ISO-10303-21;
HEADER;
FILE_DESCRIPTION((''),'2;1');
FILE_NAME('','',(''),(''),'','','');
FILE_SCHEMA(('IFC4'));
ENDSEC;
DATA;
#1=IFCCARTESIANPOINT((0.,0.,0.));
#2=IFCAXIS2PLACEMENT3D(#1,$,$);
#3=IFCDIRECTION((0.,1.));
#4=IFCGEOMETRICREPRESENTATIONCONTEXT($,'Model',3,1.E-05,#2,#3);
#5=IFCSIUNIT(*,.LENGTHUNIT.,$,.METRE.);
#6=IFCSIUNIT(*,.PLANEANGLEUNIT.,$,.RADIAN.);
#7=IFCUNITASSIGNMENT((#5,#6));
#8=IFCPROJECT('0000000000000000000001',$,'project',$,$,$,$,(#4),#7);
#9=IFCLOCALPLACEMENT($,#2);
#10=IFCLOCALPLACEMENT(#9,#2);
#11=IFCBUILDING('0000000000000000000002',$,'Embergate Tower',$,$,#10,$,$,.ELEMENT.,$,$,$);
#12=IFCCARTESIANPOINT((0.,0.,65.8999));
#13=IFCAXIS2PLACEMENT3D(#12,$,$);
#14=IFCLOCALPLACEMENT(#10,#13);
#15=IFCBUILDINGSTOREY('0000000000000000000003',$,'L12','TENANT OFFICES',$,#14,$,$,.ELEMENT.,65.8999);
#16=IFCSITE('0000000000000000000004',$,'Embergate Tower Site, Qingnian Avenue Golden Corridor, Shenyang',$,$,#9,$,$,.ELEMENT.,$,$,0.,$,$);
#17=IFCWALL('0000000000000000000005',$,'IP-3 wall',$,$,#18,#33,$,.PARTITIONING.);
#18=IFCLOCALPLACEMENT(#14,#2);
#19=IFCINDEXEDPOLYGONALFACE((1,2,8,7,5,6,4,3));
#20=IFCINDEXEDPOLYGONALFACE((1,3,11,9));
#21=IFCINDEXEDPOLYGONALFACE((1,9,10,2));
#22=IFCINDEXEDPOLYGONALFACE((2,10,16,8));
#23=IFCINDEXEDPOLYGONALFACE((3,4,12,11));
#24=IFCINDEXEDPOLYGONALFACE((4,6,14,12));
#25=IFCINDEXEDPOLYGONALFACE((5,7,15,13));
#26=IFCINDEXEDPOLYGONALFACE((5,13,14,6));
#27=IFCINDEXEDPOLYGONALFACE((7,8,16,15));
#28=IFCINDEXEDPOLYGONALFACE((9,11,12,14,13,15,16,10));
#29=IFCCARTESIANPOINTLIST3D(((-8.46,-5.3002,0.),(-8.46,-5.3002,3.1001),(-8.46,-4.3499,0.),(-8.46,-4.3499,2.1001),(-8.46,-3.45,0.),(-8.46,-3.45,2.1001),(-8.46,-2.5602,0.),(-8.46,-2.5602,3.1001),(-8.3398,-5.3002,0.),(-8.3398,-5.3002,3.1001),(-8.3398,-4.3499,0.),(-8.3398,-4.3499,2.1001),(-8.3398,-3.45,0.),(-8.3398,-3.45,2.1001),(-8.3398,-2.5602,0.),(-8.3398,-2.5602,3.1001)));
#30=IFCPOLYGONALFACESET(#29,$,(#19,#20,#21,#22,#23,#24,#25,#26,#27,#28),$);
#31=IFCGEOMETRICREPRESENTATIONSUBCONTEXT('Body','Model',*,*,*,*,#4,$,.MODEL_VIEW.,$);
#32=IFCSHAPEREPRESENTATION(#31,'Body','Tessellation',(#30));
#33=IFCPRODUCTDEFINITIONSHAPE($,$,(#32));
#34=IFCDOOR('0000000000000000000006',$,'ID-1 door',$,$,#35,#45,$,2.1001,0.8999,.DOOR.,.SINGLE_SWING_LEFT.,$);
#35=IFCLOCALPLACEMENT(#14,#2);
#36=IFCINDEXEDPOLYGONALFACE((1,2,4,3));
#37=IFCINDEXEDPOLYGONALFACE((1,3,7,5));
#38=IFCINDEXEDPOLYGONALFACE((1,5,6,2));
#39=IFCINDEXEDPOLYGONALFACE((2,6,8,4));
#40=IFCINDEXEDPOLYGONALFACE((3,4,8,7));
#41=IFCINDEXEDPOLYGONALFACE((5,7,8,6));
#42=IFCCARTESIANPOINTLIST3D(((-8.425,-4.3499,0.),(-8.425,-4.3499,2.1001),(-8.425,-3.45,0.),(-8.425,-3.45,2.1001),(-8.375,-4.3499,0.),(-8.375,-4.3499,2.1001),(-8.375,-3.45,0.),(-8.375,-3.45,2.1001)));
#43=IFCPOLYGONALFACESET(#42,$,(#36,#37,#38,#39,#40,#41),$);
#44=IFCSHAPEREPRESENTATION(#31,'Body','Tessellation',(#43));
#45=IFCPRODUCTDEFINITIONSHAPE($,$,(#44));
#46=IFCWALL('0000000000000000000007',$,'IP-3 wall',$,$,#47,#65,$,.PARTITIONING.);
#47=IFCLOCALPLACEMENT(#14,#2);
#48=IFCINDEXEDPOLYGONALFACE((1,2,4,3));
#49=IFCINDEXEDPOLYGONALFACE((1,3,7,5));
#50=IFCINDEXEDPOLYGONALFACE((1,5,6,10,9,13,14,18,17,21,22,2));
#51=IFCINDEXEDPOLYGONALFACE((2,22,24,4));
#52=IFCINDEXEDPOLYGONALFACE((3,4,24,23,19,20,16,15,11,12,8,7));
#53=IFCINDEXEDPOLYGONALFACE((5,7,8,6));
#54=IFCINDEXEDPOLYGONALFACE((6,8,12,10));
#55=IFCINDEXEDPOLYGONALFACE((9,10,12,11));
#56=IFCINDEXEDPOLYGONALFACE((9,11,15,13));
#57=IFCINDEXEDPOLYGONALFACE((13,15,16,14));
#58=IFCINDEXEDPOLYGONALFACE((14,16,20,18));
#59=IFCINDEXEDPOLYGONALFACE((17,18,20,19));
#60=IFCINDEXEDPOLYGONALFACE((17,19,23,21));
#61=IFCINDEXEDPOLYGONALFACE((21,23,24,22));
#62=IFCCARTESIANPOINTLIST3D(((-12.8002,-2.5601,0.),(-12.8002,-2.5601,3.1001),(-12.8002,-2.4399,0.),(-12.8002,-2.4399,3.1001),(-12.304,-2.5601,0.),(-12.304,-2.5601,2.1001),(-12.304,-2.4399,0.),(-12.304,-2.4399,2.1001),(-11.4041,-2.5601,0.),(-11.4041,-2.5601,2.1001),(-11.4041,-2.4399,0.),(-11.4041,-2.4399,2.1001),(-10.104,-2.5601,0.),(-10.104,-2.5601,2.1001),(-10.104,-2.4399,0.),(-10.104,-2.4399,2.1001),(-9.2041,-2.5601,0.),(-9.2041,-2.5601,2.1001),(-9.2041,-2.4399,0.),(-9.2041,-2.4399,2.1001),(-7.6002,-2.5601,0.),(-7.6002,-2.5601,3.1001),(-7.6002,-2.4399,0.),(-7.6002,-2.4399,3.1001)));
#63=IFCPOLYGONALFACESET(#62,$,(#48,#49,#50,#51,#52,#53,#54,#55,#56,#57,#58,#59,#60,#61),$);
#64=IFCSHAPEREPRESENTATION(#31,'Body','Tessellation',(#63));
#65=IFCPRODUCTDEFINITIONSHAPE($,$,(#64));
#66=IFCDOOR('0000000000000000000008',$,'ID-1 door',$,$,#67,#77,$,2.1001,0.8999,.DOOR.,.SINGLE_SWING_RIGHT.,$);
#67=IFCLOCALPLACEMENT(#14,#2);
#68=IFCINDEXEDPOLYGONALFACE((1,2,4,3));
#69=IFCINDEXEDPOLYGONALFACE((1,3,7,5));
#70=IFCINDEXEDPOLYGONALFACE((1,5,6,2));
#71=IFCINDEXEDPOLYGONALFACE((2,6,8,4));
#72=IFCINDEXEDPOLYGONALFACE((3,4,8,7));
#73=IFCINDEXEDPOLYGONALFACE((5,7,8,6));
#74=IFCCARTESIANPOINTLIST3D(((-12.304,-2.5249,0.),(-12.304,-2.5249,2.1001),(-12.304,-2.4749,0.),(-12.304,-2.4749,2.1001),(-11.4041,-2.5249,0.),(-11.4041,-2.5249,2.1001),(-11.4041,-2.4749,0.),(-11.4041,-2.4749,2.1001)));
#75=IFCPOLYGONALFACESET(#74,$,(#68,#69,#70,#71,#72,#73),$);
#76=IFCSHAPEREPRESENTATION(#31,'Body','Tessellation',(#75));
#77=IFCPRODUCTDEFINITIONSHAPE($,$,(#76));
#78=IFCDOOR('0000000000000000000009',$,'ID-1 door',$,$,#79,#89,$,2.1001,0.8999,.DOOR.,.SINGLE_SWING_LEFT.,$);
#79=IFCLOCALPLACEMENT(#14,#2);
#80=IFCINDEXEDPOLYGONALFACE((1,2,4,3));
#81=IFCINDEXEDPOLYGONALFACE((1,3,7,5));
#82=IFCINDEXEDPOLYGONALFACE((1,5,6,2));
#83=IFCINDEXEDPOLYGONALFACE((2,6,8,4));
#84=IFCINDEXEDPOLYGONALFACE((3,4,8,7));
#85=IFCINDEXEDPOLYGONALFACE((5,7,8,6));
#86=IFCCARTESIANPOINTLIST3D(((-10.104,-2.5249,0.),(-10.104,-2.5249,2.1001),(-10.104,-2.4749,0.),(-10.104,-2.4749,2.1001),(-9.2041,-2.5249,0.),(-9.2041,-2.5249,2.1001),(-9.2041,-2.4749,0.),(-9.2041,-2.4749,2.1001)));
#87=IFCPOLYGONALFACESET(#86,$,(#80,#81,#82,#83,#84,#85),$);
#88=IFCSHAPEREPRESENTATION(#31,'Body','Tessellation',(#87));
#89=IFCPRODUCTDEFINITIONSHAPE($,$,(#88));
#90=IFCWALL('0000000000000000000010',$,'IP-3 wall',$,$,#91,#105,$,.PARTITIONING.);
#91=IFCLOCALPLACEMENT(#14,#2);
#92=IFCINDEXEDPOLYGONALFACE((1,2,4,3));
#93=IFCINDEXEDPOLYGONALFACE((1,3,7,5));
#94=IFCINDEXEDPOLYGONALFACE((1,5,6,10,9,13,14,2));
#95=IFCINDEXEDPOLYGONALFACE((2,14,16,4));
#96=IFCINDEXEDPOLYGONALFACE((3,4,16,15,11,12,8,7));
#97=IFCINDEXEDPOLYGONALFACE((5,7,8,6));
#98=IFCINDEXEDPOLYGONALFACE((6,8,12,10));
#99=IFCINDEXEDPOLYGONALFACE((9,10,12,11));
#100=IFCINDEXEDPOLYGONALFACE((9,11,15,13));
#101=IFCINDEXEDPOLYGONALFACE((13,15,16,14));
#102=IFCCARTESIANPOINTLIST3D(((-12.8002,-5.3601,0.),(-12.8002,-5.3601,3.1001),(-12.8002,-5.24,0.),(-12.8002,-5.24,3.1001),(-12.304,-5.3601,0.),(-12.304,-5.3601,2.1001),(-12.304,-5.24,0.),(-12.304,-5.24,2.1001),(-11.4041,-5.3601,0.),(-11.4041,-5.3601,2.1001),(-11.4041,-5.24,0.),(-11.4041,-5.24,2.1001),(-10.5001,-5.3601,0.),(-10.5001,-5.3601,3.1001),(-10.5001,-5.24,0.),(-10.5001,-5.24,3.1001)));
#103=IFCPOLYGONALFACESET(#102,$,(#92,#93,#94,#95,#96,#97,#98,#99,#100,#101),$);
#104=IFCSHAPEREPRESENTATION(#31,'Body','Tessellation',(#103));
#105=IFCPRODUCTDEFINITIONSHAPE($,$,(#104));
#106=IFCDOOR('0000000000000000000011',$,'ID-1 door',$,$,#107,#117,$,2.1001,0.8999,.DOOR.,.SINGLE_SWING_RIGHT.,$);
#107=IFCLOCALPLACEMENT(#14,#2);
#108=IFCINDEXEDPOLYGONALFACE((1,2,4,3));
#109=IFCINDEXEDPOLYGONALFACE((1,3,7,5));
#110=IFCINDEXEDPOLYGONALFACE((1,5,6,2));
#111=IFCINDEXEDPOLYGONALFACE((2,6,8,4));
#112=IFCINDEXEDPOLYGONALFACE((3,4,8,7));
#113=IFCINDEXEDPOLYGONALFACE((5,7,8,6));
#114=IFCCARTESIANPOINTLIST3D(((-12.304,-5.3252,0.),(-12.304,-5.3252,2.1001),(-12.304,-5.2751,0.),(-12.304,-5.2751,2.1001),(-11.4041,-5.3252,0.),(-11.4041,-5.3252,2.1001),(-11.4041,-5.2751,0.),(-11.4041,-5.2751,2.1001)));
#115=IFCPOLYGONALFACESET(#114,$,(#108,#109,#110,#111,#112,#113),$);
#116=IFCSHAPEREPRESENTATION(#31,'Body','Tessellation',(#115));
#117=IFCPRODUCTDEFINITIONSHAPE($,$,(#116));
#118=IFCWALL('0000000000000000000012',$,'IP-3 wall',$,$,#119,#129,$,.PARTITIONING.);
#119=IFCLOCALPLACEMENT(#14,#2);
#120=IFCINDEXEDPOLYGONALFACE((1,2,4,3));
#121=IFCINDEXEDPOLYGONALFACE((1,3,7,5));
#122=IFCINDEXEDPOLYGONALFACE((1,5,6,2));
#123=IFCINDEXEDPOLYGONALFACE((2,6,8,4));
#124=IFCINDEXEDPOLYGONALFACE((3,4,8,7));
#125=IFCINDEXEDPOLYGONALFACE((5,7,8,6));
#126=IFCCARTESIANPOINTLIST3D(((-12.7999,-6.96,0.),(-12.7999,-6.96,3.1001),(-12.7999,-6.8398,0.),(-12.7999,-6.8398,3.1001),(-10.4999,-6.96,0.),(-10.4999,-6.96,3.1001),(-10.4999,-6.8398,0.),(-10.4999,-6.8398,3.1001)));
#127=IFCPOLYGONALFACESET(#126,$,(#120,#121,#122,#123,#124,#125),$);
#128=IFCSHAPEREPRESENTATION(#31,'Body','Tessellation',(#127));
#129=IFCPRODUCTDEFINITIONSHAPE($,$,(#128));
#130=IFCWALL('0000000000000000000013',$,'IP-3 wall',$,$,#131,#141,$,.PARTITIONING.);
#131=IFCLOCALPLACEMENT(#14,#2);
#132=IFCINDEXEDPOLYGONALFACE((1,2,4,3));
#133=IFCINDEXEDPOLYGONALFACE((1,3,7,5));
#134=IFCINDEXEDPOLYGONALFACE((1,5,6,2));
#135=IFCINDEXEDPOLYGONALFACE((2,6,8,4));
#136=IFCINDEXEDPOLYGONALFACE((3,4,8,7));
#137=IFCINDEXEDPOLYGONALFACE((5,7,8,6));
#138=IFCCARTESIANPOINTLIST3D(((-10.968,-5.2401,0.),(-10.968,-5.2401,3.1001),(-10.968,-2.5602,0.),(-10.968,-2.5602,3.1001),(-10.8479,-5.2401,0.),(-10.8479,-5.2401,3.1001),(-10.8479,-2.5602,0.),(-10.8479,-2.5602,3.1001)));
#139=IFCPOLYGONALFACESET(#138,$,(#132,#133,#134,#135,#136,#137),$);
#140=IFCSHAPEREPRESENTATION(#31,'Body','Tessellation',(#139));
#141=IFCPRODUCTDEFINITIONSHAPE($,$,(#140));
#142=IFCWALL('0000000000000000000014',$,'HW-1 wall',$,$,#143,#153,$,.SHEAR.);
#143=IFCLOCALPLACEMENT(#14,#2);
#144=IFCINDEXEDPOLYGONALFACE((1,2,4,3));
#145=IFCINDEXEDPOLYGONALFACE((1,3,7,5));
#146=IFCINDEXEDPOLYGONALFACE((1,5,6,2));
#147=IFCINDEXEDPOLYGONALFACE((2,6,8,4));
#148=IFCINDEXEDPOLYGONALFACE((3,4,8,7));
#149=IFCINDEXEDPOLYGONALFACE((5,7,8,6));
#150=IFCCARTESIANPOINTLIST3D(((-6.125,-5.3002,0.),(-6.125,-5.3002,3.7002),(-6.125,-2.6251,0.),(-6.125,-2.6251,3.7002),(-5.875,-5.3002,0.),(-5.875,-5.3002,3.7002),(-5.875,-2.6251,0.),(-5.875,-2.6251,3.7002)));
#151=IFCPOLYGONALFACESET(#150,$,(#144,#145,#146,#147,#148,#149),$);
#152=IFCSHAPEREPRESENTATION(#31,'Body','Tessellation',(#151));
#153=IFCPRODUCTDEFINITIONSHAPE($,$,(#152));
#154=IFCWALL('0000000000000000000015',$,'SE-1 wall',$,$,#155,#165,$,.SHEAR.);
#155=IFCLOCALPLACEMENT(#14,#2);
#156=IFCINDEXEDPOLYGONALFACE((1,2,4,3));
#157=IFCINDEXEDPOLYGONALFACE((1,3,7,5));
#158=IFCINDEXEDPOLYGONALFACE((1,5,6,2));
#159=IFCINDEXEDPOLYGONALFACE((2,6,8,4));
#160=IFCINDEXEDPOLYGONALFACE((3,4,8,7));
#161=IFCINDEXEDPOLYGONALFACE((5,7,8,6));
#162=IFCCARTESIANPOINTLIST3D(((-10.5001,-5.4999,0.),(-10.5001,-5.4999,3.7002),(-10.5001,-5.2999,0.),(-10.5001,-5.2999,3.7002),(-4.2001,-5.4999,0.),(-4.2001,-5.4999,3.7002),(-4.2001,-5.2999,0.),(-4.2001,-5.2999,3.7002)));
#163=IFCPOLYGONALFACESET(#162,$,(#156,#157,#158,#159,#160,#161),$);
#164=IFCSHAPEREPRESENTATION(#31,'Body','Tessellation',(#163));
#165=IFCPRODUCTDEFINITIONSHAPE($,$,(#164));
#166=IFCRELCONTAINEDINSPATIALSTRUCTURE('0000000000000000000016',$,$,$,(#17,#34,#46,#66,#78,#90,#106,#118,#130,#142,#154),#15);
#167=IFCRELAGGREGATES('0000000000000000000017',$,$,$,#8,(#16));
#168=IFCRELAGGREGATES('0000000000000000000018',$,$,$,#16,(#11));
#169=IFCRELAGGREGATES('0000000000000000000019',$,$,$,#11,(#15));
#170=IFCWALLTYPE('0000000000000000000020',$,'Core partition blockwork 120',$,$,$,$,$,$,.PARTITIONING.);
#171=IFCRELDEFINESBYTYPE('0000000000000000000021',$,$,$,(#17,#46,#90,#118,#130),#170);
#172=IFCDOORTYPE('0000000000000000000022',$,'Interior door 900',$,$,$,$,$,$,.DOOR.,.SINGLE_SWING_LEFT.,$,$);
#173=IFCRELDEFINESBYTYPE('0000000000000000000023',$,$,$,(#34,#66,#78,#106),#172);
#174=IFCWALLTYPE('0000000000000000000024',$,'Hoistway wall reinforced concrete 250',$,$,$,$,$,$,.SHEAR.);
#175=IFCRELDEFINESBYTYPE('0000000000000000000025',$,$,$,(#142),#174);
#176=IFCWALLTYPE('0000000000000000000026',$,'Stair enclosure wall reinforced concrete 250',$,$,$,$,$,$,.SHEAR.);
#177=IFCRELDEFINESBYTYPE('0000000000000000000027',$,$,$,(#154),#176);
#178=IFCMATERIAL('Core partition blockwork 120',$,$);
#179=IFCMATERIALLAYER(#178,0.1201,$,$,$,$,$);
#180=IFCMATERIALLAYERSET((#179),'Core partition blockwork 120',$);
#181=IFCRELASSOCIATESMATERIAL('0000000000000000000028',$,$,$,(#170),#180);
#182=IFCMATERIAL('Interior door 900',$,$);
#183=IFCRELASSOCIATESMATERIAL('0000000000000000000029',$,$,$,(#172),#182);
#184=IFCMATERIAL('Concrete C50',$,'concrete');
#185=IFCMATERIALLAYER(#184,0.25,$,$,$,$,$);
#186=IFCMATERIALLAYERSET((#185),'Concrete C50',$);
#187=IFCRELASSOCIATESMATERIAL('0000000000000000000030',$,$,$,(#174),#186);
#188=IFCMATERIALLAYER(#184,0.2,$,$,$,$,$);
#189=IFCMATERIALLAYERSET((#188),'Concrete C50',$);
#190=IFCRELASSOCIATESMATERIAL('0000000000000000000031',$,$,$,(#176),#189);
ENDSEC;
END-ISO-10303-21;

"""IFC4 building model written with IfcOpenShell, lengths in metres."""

from ifc_helpers import new_model, si_unit, direction, frame, frame_2d, origin, place, context, subcontext, project, spatial, rectangle, extrude, source, transform, mapped, material, layer, layer_set, type_object, element, fill, save


model = new_model("IFC4")

# Units and contexts
model_context = context("Model", 3, precision=1e-05, world=origin(), true_north=direction((0.0, 1.0)))
body_context = subcontext(model_context, "Body", "Model", "MODEL_VIEW")
ifc_project = project(units=[si_unit("LENGTHUNIT", "METRE"), si_unit("PLANEANGLEUNIT", "RADIAN")], contexts=[model_context])

# Site, building, storey
site_placement = place(None, origin())
site = spatial("IfcSite", under=ifc_project, at=site_placement, Name="Embergate Tower Site, Qingnian Avenue Golden Corridor, Shenyang", CompositionType="ELEMENT", RefElevation=0.0)
building_placement = place(site_placement, origin())
building = spatial("IfcBuilding", under=site, at=building_placement, Name="Embergate Tower", CompositionType="ELEMENT")
storey_placement = place(building_placement, frame((0.0, 0.0, 65.8999)))
storey = spatial("IfcBuildingStorey", under=building, at=storey_placement, Name="L12", Description="TENANT OFFICES", CompositionType="ELEMENT", Elevation=65.8999)

# Wall, opening, door
ifc_material_1 = material(Name="Core partition blockwork 120")
ifc_layer_1 = layer(ifc_material_1, 0.1201)
ifc_layer_set_1 = layer_set([ifc_layer_1], Name="Core partition blockwork 120")
wall_type_1 = type_object("IfcWallType", Name="Core partition blockwork 120", PredefinedType="PARTITIONING", material=ifc_layer_set_1)
shared_shape_1 = source(origin(), body_context, "Body", "SweptSolid", [
    extrude(rectangle(XDim=2.74, YDim=0.1201, at=frame_2d((1.3701, 0.0))), origin(), (0.0, 0.0, 1.0), 3.1001),
])
wall_1_placement = place(storey_placement, frame((-8.3999, -2.5601, 0.0), z_axis=(0.0, 0.0, 1.0), x_axis=(0.0, -1.0, 0.0)))
wall_1 = element("IfcWall", 1, at=wall_1_placement, inside=storey, type_object=wall_type_1, Name="IP-3 wall", PredefinedType="PARTITIONING", context=body_context, shape_type="MappedRepresentation", body=[
    mapped(shared_shape_1, transform((0.0, 0.0, 0.0))),
])
shared_shape_2 = source(origin(), body_context, "Body", "SweptSolid", [
    extrude(rectangle(XDim=0.8999, YDim=2.1001, at=frame_2d((0.45, 1.05))), frame((0.0, 0.0701, 0.0), z_axis=(0.0, -1.0, 0.0), x_axis=(1.0, 0.0, 0.0)), (0.0, 0.0, 1.0), 0.1401),
])
opening_1_placement = place(wall_1_placement, frame((0.8899, 0.0, 0.0)))
opening_1 = element("IfcOpeningElement", 2, at=opening_1_placement, cuts=wall_1, PredefinedType="OPENING", context=body_context, shape_type="MappedRepresentation", body=[
    mapped(shared_shape_2, transform((0.0, 0.0, 0.0))),
])
ifc_material_2 = material(Name="Interior door 900")
door_type = type_object("IfcDoorType", Name="Interior door 900", OperationType="SINGLE_SWING_LEFT", PredefinedType="DOOR", material=ifc_material_2)
shared_shape_3 = source(origin(), body_context, "Body", "SweptSolid", [
    extrude(rectangle(XDim=0.8999, YDim=2.1001, at=frame_2d((0.45, 1.05))), frame((0.0, 0.0249, 0.0), z_axis=(0.0, -1.0, 0.0), x_axis=(1.0, 0.0, 0.0)), (0.0, 0.0, 1.0), 0.05),
])
door_1_placement = place(opening_1_placement, origin())
door_1 = element("IfcDoor", 3, at=door_1_placement, inside=storey, type_object=door_type, Name="ID-1 door", OperationType="SINGLE_SWING_LEFT", OverallHeight=2.1001, OverallWidth=0.8999, PredefinedType="DOOR", context=body_context, shape_type="MappedRepresentation", body=[
    mapped(shared_shape_3, transform((0.0, 0.0, 0.0))),
])
fill(opening_1, door_1)

# Wall, openings, doors
shared_shape_4 = source(origin(), body_context, "Body", "SweptSolid", [
    extrude(rectangle(XDim=5.2, YDim=0.1201, at=frame_2d((2.6001, 0.0))), origin(), (0.0, 0.0, 1.0), 3.1001),
])
wall_2_placement = place(storey_placement, frame((-7.6001, -2.5, 0.0), z_axis=(0.0, 0.0, 1.0), x_axis=(-1.0, 0.0, 0.0)))
wall_2 = element("IfcWall", 4, at=wall_2_placement, inside=storey, type_object=wall_type_1, Name="IP-3 wall", PredefinedType="PARTITIONING", context=body_context, shape_type="MappedRepresentation", body=[
    mapped(shared_shape_4, transform((0.0, 0.0, 0.0))),
])
opening_2_placement = place(wall_2_placement, frame((3.804, 0.0, 0.0)))
opening_2 = element("IfcOpeningElement", 5, at=opening_2_placement, cuts=wall_2, PredefinedType="OPENING", context=body_context, shape_type="MappedRepresentation", body=[
    mapped(shared_shape_2, transform((0.0, 0.0, 0.0))),
])
opening_3_placement = place(wall_2_placement, frame((1.604, 0.0, 0.0)))
opening_3 = element("IfcOpeningElement", 6, at=opening_3_placement, cuts=wall_2, PredefinedType="OPENING", context=body_context, shape_type="MappedRepresentation", body=[
    mapped(shared_shape_2, transform((0.0, 0.0, 0.0))),
])
door_2_placement = place(opening_2_placement, origin())
door_2 = element("IfcDoor", 7, at=door_2_placement, inside=storey, type_object=door_type, Name="ID-1 door", OperationType="SINGLE_SWING_RIGHT", OverallHeight=2.1001, OverallWidth=0.8999, PredefinedType="DOOR", context=body_context, shape_type="MappedRepresentation", body=[
    mapped(shared_shape_3, transform((0.0, 0.0, 0.0))),
])
fill(opening_2, door_2)
door_3_placement = place(opening_3_placement, origin())
door_3 = element("IfcDoor", 8, at=door_3_placement, inside=storey, type_object=door_type, Name="ID-1 door", OperationType="SINGLE_SWING_LEFT", OverallHeight=2.1001, OverallWidth=0.8999, PredefinedType="DOOR", context=body_context, shape_type="MappedRepresentation", body=[
    mapped(shared_shape_3, transform((0.0, 0.0, 0.0))),
])
fill(opening_3, door_3)

# Wall, opening, door
shared_shape_5 = source(origin(), body_context, "Body", "SweptSolid", [
    extrude(rectangle(XDim=2.3, YDim=0.1201, at=frame_2d((1.1499, 0.0))), origin(), (0.0, 0.0, 1.0), 3.1001),
])
wall_3_placement = place(storey_placement, frame((-12.8, -5.3, 0.0), z_axis=(0.0, 0.0, 1.0), x_axis=(1.0, 0.0, 0.0)))
wall_3 = element("IfcWall", 9, at=wall_3_placement, inside=storey, type_object=wall_type_1, Name="IP-3 wall", PredefinedType="PARTITIONING", context=body_context, shape_type="MappedRepresentation", body=[
    mapped(shared_shape_5, transform((0.0, 0.0, 0.0))),
])
opening_4_placement = place(wall_3_placement, frame((0.4961, 0.0, 0.0)))
opening_4 = element("IfcOpeningElement", 10, at=opening_4_placement, cuts=wall_3, PredefinedType="OPENING", context=body_context, shape_type="MappedRepresentation", body=[
    mapped(shared_shape_2, transform((0.0, 0.0, 0.0))),
])
door_4_placement = place(opening_4_placement, origin())
door_4 = element("IfcDoor", 11, at=door_4_placement, inside=storey, type_object=door_type, Name="ID-1 door", OperationType="SINGLE_SWING_RIGHT", OverallHeight=2.1001, OverallWidth=0.8999, PredefinedType="DOOR", context=body_context, shape_type="MappedRepresentation", body=[
    mapped(shared_shape_3, transform((0.0, 0.0, 0.0))),
])
fill(opening_4, door_4)

# Walls
wall_4_placement = place(storey_placement, frame((-10.5, -6.8999, 0.0), z_axis=(0.0, 0.0, 1.0), x_axis=(-1.0, 0.0, 0.0)))
element("IfcWall", 12, at=wall_4_placement, inside=storey, type_object=wall_type_1, Name="IP-3 wall", PredefinedType="PARTITIONING", context=body_context, shape_type="MappedRepresentation", body=[
    mapped(shared_shape_5, transform((0.0, 0.0, 0.0))),
])
shared_shape_6 = source(origin(), body_context, "Body", "SweptSolid", [
    extrude(rectangle(XDim=2.6799, YDim=0.1201, at=frame_2d((1.3398, 0.0))), origin(), (0.0, 0.0, 1.0), 3.1001),
])
wall_5_placement = place(storey_placement, frame((-10.908, -5.24, 0.0), z_axis=(0.0, 0.0, 1.0), x_axis=(0.0, 1.0, 0.0)))
element("IfcWall", 13, at=wall_5_placement, inside=storey, type_object=wall_type_1, Name="IP-3 wall", PredefinedType="PARTITIONING", context=body_context, shape_type="MappedRepresentation", body=[
    mapped(shared_shape_6, transform((0.0, 0.0, 0.0))),
])
ifc_material_3 = material(Name="Concrete C50", Category="concrete")
ifc_layer_2 = layer(ifc_material_3, 0.25)
ifc_layer_set_2 = layer_set([ifc_layer_2], Name="Concrete C50")
wall_type_2 = type_object("IfcWallType", Name="Hoistway wall reinforced concrete 250", PredefinedType="SHEAR", material=ifc_layer_set_2)
shared_shape_7 = source(origin(), body_context, "Body", "SweptSolid", [
    extrude(rectangle(XDim=2.675, YDim=0.25, at=frame_2d((1.3374, 0.0))), origin(), (0.0, 0.0, 1.0), 3.7002),
])
wall_6_placement = place(storey_placement, frame((-6.0, -5.3, 0.0), z_axis=(0.0, 0.0, 1.0), x_axis=(0.0, 1.0, 0.0)))
element("IfcWall", 14, at=wall_6_placement, inside=storey, type_object=wall_type_2, Name="HW-1 wall", PredefinedType="SHEAR", context=body_context, shape_type="MappedRepresentation", body=[
    mapped(shared_shape_7, transform((0.0, 0.0, 0.0))),
])
ifc_layer_3 = layer(ifc_material_3, 0.2)
ifc_layer_set_3 = layer_set([ifc_layer_3], Name="Concrete C50")
wall_type_3 = type_object("IfcWallType", Name="Stair enclosure wall reinforced concrete 250", PredefinedType="SHEAR", material=ifc_layer_set_3)
shared_shape_8 = source(origin(), body_context, "Body", "SweptSolid", [
    extrude(rectangle(XDim=6.3, YDim=0.2, at=frame_2d((3.1499, 0.0))), origin(), (0.0, 0.0, 1.0), 3.7002),
])
wall_7_placement = place(storey_placement, frame((-10.5, -5.3999, 0.0), z_axis=(0.0, 0.0, 1.0), x_axis=(1.0, 0.0, 0.0)))
element("IfcWall", 15, at=wall_7_placement, inside=storey, type_object=wall_type_3, Name="SE-1 wall", PredefinedType="SHEAR", context=body_context, shape_type="MappedRepresentation", body=[
    mapped(shared_shape_8, transform((0.0, 0.0, 0.0))),
])

save(model, "model.ifc")
